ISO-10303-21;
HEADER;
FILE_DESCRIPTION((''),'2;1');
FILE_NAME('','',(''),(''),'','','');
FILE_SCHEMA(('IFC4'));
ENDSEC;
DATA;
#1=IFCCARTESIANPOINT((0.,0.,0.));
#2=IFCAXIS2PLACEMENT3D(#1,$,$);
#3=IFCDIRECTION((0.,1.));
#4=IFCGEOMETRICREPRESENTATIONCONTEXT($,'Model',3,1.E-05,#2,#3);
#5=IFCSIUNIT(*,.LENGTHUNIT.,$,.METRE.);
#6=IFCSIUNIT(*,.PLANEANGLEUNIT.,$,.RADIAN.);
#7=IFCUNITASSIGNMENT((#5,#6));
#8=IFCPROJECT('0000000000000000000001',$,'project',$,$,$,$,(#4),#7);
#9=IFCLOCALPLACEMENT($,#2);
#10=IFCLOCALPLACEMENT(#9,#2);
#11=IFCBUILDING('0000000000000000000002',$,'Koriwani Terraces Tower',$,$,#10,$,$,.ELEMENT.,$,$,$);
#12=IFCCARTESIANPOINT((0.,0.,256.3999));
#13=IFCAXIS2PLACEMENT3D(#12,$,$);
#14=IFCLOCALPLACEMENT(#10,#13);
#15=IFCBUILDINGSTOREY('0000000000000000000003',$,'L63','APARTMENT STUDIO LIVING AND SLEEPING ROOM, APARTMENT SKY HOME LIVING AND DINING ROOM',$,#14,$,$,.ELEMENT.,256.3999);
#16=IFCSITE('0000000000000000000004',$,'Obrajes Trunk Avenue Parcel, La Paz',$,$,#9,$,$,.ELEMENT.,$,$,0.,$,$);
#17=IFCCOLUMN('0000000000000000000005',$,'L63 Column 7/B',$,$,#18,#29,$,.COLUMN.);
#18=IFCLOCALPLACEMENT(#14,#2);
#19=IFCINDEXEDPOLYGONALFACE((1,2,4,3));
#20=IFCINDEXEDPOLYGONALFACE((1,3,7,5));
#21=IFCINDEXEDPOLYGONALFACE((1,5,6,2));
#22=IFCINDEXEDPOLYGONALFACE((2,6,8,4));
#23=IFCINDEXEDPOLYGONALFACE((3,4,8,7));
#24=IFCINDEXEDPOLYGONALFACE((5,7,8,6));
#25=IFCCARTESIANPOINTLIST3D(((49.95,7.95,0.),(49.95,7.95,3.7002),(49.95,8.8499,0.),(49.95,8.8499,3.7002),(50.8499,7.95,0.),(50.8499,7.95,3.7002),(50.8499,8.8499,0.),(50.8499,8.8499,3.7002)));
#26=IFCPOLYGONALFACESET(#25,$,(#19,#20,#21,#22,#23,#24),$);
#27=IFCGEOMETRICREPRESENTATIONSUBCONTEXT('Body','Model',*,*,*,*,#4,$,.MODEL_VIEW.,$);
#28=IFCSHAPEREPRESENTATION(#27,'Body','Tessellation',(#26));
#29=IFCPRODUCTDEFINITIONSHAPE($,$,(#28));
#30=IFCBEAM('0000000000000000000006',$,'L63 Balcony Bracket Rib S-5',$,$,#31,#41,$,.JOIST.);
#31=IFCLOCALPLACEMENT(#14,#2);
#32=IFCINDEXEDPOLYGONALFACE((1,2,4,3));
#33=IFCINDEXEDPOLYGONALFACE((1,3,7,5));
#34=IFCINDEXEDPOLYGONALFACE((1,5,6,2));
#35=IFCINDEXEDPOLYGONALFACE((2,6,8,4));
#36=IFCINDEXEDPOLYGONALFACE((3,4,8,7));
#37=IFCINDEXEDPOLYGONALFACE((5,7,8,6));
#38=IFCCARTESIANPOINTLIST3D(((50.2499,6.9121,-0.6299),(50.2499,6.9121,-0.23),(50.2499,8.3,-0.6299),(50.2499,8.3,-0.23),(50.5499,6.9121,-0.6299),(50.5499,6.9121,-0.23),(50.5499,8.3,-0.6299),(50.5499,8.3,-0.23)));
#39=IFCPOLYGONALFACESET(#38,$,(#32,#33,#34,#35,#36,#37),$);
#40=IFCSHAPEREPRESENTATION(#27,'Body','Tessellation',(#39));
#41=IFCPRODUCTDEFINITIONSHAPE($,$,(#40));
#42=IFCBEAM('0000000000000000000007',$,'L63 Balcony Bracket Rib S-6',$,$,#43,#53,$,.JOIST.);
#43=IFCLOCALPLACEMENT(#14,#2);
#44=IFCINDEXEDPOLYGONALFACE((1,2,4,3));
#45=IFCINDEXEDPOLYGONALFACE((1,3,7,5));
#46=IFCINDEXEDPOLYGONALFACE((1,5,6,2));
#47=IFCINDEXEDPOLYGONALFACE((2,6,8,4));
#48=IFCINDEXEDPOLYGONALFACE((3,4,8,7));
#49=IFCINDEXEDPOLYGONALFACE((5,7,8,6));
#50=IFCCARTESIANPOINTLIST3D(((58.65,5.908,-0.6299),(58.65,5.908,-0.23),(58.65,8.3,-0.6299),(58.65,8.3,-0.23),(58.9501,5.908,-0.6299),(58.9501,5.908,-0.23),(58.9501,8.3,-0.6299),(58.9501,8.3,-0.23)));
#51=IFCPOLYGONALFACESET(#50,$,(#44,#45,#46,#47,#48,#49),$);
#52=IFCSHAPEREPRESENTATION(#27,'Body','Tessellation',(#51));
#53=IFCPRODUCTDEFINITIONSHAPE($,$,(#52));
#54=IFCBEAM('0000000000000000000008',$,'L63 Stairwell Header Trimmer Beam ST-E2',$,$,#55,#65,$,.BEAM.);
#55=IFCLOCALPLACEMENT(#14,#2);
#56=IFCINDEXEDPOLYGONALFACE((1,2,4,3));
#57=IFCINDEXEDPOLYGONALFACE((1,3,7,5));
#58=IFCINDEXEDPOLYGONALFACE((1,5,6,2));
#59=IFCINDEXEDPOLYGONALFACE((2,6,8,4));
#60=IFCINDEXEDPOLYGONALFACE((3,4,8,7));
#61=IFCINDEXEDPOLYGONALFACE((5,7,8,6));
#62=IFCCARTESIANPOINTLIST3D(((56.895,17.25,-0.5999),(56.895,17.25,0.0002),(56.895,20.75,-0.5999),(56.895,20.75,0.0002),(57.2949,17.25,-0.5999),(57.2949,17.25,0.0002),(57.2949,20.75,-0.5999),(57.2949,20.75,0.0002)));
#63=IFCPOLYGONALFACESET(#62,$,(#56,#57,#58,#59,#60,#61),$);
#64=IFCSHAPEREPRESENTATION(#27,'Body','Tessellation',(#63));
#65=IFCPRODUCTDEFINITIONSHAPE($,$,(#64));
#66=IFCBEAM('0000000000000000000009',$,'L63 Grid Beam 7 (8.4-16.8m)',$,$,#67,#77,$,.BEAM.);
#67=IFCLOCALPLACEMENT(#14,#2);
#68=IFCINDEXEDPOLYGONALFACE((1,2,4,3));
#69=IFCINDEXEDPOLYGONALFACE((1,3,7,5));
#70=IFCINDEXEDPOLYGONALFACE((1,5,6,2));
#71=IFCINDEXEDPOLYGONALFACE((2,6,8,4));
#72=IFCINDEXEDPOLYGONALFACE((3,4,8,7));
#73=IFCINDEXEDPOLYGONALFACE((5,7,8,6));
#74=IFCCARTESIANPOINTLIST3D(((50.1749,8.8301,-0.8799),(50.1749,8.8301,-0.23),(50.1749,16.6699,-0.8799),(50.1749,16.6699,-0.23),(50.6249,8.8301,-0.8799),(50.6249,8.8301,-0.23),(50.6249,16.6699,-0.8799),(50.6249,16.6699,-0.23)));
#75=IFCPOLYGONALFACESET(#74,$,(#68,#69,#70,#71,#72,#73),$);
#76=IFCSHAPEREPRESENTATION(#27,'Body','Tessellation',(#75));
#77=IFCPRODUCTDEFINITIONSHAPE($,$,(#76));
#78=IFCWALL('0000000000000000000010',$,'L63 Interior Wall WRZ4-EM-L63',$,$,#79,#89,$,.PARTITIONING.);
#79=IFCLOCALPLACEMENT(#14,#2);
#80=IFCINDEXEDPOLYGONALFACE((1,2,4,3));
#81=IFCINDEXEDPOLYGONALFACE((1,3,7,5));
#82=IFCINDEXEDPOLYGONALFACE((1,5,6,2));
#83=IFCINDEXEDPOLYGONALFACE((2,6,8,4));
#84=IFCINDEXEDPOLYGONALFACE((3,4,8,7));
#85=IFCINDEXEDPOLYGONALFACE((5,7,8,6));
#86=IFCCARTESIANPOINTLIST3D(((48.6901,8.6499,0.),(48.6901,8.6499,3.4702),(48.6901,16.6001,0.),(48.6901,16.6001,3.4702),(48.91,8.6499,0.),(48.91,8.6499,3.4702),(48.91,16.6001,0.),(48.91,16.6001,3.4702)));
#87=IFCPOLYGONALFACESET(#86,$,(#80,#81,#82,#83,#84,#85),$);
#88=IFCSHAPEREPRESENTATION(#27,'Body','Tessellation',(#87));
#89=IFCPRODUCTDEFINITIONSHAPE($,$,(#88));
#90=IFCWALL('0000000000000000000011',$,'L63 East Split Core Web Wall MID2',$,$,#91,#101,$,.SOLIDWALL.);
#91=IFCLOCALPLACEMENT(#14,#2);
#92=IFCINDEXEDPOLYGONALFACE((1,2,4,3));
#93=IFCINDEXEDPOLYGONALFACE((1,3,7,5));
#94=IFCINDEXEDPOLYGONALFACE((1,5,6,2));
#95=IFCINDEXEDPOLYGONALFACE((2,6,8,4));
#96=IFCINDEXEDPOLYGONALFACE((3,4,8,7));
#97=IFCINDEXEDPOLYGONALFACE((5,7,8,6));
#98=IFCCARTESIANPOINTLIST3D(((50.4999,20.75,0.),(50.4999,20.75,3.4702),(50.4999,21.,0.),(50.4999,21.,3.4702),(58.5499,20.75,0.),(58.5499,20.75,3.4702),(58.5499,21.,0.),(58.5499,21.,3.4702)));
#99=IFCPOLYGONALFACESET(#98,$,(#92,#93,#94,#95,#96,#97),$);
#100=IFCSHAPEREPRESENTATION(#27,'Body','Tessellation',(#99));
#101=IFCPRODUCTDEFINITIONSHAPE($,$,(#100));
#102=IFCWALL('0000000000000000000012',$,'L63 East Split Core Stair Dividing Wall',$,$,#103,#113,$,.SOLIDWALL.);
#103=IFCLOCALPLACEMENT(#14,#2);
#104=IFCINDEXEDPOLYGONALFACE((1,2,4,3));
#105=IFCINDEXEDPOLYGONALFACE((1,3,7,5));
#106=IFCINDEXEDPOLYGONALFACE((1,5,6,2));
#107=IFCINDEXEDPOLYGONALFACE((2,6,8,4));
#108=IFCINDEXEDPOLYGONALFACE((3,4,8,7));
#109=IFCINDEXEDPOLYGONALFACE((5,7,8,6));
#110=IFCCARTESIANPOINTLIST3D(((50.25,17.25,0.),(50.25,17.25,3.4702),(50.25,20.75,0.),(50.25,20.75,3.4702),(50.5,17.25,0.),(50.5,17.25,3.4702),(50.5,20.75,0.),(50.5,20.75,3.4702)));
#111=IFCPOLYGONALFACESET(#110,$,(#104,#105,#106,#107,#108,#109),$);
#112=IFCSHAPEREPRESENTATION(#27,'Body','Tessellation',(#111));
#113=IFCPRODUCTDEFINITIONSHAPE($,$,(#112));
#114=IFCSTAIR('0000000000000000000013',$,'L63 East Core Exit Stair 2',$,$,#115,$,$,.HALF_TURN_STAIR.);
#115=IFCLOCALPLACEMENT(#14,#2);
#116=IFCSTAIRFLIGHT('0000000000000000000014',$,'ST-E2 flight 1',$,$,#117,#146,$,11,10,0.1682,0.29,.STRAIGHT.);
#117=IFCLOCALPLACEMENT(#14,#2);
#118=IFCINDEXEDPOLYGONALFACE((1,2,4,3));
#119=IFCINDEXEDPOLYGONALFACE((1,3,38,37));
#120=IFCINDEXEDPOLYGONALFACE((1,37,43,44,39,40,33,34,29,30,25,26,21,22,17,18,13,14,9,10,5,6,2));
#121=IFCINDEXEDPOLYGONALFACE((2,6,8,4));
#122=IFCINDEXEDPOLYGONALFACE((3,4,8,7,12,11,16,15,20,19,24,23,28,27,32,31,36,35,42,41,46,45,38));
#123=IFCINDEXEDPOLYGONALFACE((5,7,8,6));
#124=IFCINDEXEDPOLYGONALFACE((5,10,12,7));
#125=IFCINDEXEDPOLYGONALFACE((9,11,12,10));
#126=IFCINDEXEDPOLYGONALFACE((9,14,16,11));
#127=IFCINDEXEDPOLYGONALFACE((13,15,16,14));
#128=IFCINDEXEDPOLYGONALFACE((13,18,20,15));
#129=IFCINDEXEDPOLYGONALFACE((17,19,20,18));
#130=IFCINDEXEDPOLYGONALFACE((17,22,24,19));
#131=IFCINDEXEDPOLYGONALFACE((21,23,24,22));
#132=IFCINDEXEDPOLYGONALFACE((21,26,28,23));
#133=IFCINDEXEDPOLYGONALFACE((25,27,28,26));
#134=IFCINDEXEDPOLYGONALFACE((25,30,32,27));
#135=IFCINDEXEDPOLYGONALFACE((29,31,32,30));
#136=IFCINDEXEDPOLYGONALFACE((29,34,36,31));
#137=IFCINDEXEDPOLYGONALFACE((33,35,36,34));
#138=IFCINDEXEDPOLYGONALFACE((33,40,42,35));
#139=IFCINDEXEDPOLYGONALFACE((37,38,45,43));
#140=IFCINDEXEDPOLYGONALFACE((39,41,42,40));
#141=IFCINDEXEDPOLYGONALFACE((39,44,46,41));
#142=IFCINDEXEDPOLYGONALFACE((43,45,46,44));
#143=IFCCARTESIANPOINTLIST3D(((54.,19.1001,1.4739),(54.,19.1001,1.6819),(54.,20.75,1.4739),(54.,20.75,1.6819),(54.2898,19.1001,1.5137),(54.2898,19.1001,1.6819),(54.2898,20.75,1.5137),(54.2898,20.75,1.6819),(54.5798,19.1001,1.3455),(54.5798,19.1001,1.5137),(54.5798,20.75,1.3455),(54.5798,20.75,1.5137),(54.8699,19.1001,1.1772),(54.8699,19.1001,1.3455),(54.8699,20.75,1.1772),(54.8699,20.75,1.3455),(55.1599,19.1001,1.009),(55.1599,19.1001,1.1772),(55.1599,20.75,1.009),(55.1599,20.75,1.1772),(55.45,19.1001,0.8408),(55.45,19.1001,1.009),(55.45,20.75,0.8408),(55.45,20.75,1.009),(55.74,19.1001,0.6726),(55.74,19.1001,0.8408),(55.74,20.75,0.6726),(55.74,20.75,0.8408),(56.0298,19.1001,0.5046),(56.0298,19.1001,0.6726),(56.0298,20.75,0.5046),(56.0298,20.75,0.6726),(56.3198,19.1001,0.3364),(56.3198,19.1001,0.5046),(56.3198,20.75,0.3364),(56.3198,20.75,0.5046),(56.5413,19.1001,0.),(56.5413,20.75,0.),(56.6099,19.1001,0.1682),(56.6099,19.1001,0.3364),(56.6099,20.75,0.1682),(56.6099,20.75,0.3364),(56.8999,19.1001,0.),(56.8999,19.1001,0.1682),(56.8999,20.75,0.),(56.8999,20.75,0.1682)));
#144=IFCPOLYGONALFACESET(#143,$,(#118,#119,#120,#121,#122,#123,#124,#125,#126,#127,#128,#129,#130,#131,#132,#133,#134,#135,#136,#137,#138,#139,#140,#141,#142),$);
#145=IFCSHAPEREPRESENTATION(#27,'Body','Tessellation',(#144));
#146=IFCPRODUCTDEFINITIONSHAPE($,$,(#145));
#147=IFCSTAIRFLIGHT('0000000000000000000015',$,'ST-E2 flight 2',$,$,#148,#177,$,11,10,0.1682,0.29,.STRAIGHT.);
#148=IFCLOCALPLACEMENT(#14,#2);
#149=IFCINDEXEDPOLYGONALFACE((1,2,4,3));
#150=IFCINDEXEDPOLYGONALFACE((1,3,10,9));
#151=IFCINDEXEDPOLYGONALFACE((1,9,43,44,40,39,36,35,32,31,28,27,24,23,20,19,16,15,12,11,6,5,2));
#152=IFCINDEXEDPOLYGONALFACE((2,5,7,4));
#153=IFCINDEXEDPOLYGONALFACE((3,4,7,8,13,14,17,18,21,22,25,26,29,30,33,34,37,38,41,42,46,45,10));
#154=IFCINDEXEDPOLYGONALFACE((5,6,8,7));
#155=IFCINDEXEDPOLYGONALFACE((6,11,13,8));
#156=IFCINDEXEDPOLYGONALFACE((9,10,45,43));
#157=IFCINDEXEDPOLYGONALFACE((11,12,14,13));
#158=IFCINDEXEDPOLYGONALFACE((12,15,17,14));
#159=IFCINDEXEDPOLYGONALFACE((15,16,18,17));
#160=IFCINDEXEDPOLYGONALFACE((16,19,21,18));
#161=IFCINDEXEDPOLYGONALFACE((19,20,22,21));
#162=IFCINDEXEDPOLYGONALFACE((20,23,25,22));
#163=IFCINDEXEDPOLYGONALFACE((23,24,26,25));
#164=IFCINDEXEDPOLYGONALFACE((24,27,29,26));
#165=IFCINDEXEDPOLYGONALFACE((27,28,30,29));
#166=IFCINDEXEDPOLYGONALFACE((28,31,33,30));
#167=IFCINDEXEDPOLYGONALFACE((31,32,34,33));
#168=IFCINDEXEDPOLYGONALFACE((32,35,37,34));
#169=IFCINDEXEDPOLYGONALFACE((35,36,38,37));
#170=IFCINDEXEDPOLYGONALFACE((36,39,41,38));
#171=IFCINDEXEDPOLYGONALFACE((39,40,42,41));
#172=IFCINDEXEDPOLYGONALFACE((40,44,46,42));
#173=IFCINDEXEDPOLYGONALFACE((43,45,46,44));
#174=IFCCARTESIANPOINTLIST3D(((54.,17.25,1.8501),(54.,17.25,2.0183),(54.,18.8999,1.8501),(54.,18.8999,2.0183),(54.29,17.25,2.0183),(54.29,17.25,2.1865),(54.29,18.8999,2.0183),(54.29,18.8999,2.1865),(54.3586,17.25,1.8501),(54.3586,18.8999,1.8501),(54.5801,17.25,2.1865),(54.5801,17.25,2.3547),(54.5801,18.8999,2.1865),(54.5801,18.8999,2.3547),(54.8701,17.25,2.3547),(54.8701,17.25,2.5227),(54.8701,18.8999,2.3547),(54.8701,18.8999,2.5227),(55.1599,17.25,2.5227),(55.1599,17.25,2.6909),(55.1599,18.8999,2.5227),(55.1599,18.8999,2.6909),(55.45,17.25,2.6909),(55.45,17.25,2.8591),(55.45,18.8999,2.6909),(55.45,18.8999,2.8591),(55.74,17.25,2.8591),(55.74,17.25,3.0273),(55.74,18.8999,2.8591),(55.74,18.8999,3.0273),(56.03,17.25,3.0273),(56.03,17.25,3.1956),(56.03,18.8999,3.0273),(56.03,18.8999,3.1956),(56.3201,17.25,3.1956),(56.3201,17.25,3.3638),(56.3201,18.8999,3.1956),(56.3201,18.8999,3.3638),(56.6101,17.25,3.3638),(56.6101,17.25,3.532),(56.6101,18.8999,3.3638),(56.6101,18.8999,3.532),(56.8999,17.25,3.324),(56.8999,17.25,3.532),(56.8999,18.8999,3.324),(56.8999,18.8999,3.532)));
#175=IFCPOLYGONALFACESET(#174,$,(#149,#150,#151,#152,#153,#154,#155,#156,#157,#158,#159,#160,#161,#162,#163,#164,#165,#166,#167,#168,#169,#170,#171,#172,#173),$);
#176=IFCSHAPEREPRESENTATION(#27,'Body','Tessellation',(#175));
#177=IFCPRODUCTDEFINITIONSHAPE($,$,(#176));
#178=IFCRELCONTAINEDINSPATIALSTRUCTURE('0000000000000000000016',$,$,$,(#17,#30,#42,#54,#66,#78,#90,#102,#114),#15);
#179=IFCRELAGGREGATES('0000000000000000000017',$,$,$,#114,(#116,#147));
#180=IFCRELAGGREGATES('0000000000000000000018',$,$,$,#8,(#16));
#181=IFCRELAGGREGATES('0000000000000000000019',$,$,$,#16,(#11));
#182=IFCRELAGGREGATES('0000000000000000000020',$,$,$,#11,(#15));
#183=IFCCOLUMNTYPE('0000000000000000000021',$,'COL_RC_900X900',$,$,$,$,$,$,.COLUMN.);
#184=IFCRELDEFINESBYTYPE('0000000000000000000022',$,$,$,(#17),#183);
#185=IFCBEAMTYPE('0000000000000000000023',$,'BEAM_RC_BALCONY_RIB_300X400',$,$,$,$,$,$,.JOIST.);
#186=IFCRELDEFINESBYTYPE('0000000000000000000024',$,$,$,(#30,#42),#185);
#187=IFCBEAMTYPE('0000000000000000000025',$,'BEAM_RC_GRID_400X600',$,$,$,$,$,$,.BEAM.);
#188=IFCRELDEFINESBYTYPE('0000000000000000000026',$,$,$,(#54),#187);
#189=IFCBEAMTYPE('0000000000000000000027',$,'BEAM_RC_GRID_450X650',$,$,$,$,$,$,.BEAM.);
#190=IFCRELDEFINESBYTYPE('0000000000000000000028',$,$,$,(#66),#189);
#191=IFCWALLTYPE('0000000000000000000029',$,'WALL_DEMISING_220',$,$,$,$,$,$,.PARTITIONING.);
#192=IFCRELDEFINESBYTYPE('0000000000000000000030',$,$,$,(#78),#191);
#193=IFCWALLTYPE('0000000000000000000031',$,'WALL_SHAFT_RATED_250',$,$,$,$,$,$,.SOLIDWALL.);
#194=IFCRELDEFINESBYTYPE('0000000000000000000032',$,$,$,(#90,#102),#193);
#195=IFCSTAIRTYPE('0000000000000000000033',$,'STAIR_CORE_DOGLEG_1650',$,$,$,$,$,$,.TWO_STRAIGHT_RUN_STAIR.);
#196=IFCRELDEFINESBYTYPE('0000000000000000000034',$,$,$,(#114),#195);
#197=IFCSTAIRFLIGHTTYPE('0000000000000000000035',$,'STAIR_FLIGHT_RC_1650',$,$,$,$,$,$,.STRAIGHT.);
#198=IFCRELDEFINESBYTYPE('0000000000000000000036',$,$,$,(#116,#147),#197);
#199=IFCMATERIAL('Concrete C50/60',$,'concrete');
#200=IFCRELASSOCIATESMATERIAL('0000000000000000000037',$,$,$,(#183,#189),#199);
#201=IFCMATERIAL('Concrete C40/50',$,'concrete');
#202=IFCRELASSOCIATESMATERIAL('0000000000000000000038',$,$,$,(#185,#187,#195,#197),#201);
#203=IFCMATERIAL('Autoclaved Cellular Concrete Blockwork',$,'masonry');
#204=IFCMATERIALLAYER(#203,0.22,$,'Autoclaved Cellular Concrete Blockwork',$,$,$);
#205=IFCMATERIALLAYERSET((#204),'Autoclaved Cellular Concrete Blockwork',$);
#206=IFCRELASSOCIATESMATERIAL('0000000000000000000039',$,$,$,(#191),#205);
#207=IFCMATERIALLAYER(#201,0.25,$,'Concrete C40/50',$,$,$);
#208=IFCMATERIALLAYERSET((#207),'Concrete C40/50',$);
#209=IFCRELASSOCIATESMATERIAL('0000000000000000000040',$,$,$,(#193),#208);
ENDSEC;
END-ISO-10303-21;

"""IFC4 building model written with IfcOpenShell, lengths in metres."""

from ifc_helpers import new_model, si_unit, direction, frame, frame_2d, origin, origin_2d, place, context, subcontext, project, spatial, polyline, rectangle, outline, extrude, material, layer, layer_set, material_profile, profile_set, type_object, element, aggregate, save


model = new_model("IFC4")

# Units and contexts
model_context = context("Model", 3, precision=1e-05, world=origin(), true_north=direction((0.0, 1.0)))
body_context = subcontext(model_context, "Body", "Model", "MODEL_VIEW")
ifc_project = project(units=[si_unit("LENGTHUNIT", "METRE"), si_unit("PLANEANGLEUNIT", "RADIAN")], contexts=[model_context])

# Site, building, storey
site_placement = place(None, origin())
site = spatial("IfcSite", under=ifc_project, at=site_placement, Name="Obrajes Trunk Avenue Parcel, La Paz", CompositionType="ELEMENT", RefElevation=0.0)
building_placement = place(site_placement, origin())
building = spatial("IfcBuilding", under=site, at=building_placement, Name="Koriwani Terraces Tower", CompositionType="ELEMENT")
storey_placement = place(building_placement, frame((0.0, 0.0, 256.3999)))
storey = spatial("IfcBuildingStorey", under=building, at=storey_placement, Name="L63", Description="APARTMENT STUDIO LIVING AND SLEEPING ROOM, APARTMENT SKY HOME LIVING AND DINING ROOM", CompositionType="ELEMENT", Elevation=256.3999)

# Column
ifc_material_1 = material(Name="Concrete C50/60", Category="concrete")
ifc_material_profile_1 = material_profile(ifc_material_1, rectangle(XDim=0.8999, YDim=0.8999, at=origin_2d()), Name="Concrete C50/60", Category="LoadBearing")
ifc_profile_set_1 = profile_set([ifc_material_profile_1], Name="Concrete C50/60")
column_type = type_object("IfcColumnType", Name="COL_RC_900X900", PredefinedType="COLUMN", material=ifc_profile_set_1)
column_placement = place(storey_placement, frame((50.3999, 8.3999, 0.0), z_axis=(0.0, 0.0, 1.0), x_axis=(1.0, 0.0, 0.0)))
element("IfcColumn", 1, at=column_placement, inside=storey, type_object=column_type, Name="L63 Column 7/B", PredefinedType="COLUMN", context=body_context, shape_type="SweptSolid", body=[
    extrude(rectangle(XDim=0.8999, YDim=0.8999, at=origin_2d()), origin(), (0.0, 0.0, 1.0), 3.7002),
])

# Beams
ifc_material_2 = material(Name="Concrete C40/50", Category="concrete")
ifc_material_profile_2 = material_profile(ifc_material_2, rectangle(XDim=0.3, YDim=0.3999, at=origin_2d()), Name="Concrete C40/50", Category="LoadBearing")
ifc_profile_set_2 = profile_set([ifc_material_profile_2], Name="Concrete C40/50")
beam_type_1 = type_object("IfcBeamType", Name="BEAM_RC_BALCONY_RIB_300X400", PredefinedType="JOIST", material=ifc_profile_set_2)
beam_1_placement = place(storey_placement, frame((50.3999, 6.9121, -0.4299), z_axis=(0.0, 1.0, 0.0), x_axis=(-1.0, 0.0, 0.0)))
element("IfcBeam", 2, at=beam_1_placement, inside=storey, type_object=beam_type_1, Name="L63 Balcony Bracket Rib S-5", PredefinedType="JOIST", context=body_context, shape_type="SweptSolid", body=[
    extrude(rectangle(XDim=0.3, YDim=0.3999, at=origin_2d()), origin(), (0.0, 0.0, 1.0), 1.3879),
])
beam_2_placement = place(storey_placement, frame((58.8, 5.908, -0.4299), z_axis=(0.0, 1.0, 0.0), x_axis=(-1.0, 0.0, 0.0)))
element("IfcBeam", 3, at=beam_2_placement, inside=storey, type_object=beam_type_1, Name="L63 Balcony Bracket Rib S-6", PredefinedType="JOIST", context=body_context, shape_type="SweptSolid", body=[
    extrude(rectangle(XDim=0.3, YDim=0.3999, at=origin_2d()), origin(), (0.0, 0.0, 1.0), 2.3921),
])
ifc_material_profile_3 = material_profile(ifc_material_2, rectangle(XDim=0.3999, YDim=0.6001, at=origin_2d()), Name="Concrete C40/50", Category="LoadBearing")
ifc_profile_set_3 = profile_set([ifc_material_profile_3], Name="Concrete C40/50")
beam_type_2 = type_object("IfcBeamType", Name="BEAM_RC_GRID_400X600", PredefinedType="BEAM", material=ifc_profile_set_3)
beam_3_placement = place(storey_placement, frame((57.095, 17.25, -0.2998), z_axis=(0.0, 1.0, 0.0), x_axis=(-1.0, 0.0, 0.0)))
element("IfcBeam", 4, at=beam_3_placement, inside=storey, type_object=beam_type_2, Name="L63 Stairwell Header Trimmer Beam ST-E2", PredefinedType="BEAM", context=body_context, shape_type="SweptSolid", body=[
    extrude(rectangle(XDim=0.3999, YDim=0.6001, at=origin_2d()), origin(), (0.0, 0.0, 1.0), 3.5),
])
ifc_material_profile_4 = material_profile(ifc_material_1, rectangle(XDim=0.45, YDim=0.6499, at=origin_2d()), Name="Concrete C50/60", Category="LoadBearing")
ifc_profile_set_4 = profile_set([ifc_material_profile_4], Name="Concrete C50/60")
beam_type_3 = type_object("IfcBeamType", Name="BEAM_RC_GRID_450X650", PredefinedType="BEAM", material=ifc_profile_set_4)
beam_4_placement = place(storey_placement, frame((50.3999, 8.8301, -0.5549), z_axis=(0.0, 1.0, 0.0), x_axis=(-1.0, 0.0, 0.0)))
element("IfcBeam", 5, at=beam_4_placement, inside=storey, type_object=beam_type_3, Name="L63 Grid Beam 7 (8.4-16.8m)", PredefinedType="BEAM", context=body_context, shape_type="SweptSolid", body=[
    extrude(rectangle(XDim=0.45, YDim=0.6499, at=origin_2d()), origin(), (0.0, 0.0, 1.0), 7.8398),
])

# Walls
ifc_material_3 = material(Name="Autoclaved Cellular Concrete Blockwork", Category="masonry")
ifc_layer_1 = layer(ifc_material_3, 0.22, Name="Autoclaved Cellular Concrete Blockwork")
ifc_layer_set_1 = layer_set([ifc_layer_1], Name="Autoclaved Cellular Concrete Blockwork")
wall_type_1 = type_object("IfcWallType", Name="WALL_DEMISING_220", PredefinedType="PARTITIONING", material=ifc_layer_set_1)
wall_1_placement = place(storey_placement, frame((48.8, 8.6499, 0.0), z_axis=(0.0, 0.0, 1.0), x_axis=(0.0, 1.0, 0.0)))
element("IfcWall", 6, at=wall_1_placement, inside=storey, type_object=wall_type_1, Name="L63 Interior Wall WRZ4-EM-L63", PredefinedType="PARTITIONING", context=body_context, shape_type="SweptSolid", body=[
    extrude(rectangle(XDim=7.9502, YDim=0.22, at=frame_2d((3.9751, 0.0))), origin(), (0.0, 0.0, 1.0), 3.4702),
])
ifc_layer_2 = layer(ifc_material_2, 0.25, Name="Concrete C40/50")
ifc_layer_set_2 = layer_set([ifc_layer_2], Name="Concrete C40/50")
wall_type_2 = type_object("IfcWallType", Name="WALL_SHAFT_RATED_250", PredefinedType="SOLIDWALL", material=ifc_layer_set_2)
wall_2_placement = place(storey_placement, frame((50.5, 20.875, 0.0), z_axis=(0.0, 0.0, 1.0), x_axis=(1.0, 0.0, 0.0)))
element("IfcWall", 7, at=wall_2_placement, inside=storey, type_object=wall_type_2, Name="L63 East Split Core Web Wall MID2", PredefinedType="SOLIDWALL", context=body_context, shape_type="SweptSolid", body=[
    extrude(rectangle(XDim=8.05, YDim=0.25, at=frame_2d((4.0249, 0.0))), origin(), (0.0, 0.0, 1.0), 3.4702),
])
wall_3_placement = place(storey_placement, frame((50.375, 17.25, 0.0), z_axis=(0.0, 0.0, 1.0), x_axis=(0.0, 1.0, 0.0)))
element("IfcWall", 8, at=wall_3_placement, inside=storey, type_object=wall_type_2, Name="L63 East Split Core Stair Dividing Wall", PredefinedType="SOLIDWALL", context=body_context, shape_type="SweptSolid", body=[
    extrude(rectangle(XDim=3.5, YDim=0.25, at=frame_2d((1.75, 0.0))), origin(), (0.0, 0.0, 1.0), 3.4702),
])

# Stair, stair flights
stair_type = type_object("IfcStairType", Name="STAIR_CORE_DOGLEG_1650", PredefinedType="TWO_STRAIGHT_RUN_STAIR", material=ifc_material_2)
stair_placement = place(storey_placement, origin())
stair = element("IfcStair", 9, at=stair_placement, inside=storey, type_object=stair_type, Name="L63 East Core Exit Stair 2", PredefinedType="HALF_TURN_STAIR")
stair_flight_type = type_object("IfcStairFlightType", Name="STAIR_FLIGHT_RC_1650", PredefinedType="STRAIGHT", material=ifc_material_2)
stair_flight_1_placement = place(storey_placement, frame((56.8999, 19.925, 0.0), z_axis=(0.0, 0.0, 1.0), x_axis=(-1.0, 0.0, 0.0)))
stair_flight_1 = element("IfcStairFlight", 10, at=stair_flight_1_placement, type_object=stair_flight_type, Name="ST-E2 flight 1", NumberOfRisers=11, NumberOfTreads=10, PredefinedType="STRAIGHT", RiserHeight=0.1682, TreadLength=0.29, context=body_context, shape_type="SweptSolid", body=[
    extrude(outline(polyline([(0.0, 0.0), (0.0, 0.1682), (0.29, 0.1682), (0.29, 0.3364), (0.5801, 0.3364), (0.5801, 0.5046), (0.8701, 0.5046), (0.8701, 0.6726), (1.1599, 0.6726), (1.1599, 0.8408), (1.45, 0.8408), (1.45, 1.009), (1.74, 1.009), (1.74, 1.1772), (2.03, 1.1772), (2.03, 1.3455), (2.3201, 1.3455), (2.3201, 1.5137), (2.6101, 1.5137), (2.6101, 1.6819), (2.8999, 1.6819), (2.8999, 1.8501), (2.8999, 1.4739), (0.3586, 0.0), (0.0, 0.0)])), frame((0.0, 0.825, 0.0), z_axis=(0.0, -1.0, 0.0), x_axis=(1.0, 0.0, 0.0)), (0.0, 0.0, 1.0), 1.6499),
])
stair_flight_2_placement = place(storey_placement, frame((54.0, 18.075, 1.8501), z_axis=(0.0, 0.0, 1.0), x_axis=(1.0, 0.0, 0.0)))
stair_flight_2 = element("IfcStairFlight", 11, at=stair_flight_2_placement, type_object=stair_flight_type, Name="ST-E2 flight 2", NumberOfRisers=11, NumberOfTreads=10, PredefinedType="STRAIGHT", RiserHeight=0.1682, TreadLength=0.29, context=body_context, shape_type="SweptSolid", body=[
    extrude(outline(polyline([(0.0, 0.0), (0.0, 0.1682), (0.29, 0.1682), (0.29, 0.3364), (0.5801, 0.3364), (0.5801, 0.5046), (0.8701, 0.5046), (0.8701, 0.6726), (1.1599, 0.6726), (1.1599, 0.8408), (1.45, 0.8408), (1.45, 1.009), (1.74, 1.009), (1.74, 1.1772), (2.03, 1.1772), (2.03, 1.3455), (2.3201, 1.3455), (2.3201, 1.5137), (2.6101, 1.5137), (2.6101, 1.6819), (2.8999, 1.6819), (2.8999, 1.8501), (2.8999, 1.4739), (0.3586, 0.0), (0.0, 0.0)])), frame((0.0, 0.825, 0.0), z_axis=(0.0, -1.0, 0.0), x_axis=(1.0, 0.0, 0.0)), (0.0, 0.0, 1.0), 1.6499),
])
aggregate(stair, [stair_flight_1, stair_flight_2])

save(model, "model.ifc")
